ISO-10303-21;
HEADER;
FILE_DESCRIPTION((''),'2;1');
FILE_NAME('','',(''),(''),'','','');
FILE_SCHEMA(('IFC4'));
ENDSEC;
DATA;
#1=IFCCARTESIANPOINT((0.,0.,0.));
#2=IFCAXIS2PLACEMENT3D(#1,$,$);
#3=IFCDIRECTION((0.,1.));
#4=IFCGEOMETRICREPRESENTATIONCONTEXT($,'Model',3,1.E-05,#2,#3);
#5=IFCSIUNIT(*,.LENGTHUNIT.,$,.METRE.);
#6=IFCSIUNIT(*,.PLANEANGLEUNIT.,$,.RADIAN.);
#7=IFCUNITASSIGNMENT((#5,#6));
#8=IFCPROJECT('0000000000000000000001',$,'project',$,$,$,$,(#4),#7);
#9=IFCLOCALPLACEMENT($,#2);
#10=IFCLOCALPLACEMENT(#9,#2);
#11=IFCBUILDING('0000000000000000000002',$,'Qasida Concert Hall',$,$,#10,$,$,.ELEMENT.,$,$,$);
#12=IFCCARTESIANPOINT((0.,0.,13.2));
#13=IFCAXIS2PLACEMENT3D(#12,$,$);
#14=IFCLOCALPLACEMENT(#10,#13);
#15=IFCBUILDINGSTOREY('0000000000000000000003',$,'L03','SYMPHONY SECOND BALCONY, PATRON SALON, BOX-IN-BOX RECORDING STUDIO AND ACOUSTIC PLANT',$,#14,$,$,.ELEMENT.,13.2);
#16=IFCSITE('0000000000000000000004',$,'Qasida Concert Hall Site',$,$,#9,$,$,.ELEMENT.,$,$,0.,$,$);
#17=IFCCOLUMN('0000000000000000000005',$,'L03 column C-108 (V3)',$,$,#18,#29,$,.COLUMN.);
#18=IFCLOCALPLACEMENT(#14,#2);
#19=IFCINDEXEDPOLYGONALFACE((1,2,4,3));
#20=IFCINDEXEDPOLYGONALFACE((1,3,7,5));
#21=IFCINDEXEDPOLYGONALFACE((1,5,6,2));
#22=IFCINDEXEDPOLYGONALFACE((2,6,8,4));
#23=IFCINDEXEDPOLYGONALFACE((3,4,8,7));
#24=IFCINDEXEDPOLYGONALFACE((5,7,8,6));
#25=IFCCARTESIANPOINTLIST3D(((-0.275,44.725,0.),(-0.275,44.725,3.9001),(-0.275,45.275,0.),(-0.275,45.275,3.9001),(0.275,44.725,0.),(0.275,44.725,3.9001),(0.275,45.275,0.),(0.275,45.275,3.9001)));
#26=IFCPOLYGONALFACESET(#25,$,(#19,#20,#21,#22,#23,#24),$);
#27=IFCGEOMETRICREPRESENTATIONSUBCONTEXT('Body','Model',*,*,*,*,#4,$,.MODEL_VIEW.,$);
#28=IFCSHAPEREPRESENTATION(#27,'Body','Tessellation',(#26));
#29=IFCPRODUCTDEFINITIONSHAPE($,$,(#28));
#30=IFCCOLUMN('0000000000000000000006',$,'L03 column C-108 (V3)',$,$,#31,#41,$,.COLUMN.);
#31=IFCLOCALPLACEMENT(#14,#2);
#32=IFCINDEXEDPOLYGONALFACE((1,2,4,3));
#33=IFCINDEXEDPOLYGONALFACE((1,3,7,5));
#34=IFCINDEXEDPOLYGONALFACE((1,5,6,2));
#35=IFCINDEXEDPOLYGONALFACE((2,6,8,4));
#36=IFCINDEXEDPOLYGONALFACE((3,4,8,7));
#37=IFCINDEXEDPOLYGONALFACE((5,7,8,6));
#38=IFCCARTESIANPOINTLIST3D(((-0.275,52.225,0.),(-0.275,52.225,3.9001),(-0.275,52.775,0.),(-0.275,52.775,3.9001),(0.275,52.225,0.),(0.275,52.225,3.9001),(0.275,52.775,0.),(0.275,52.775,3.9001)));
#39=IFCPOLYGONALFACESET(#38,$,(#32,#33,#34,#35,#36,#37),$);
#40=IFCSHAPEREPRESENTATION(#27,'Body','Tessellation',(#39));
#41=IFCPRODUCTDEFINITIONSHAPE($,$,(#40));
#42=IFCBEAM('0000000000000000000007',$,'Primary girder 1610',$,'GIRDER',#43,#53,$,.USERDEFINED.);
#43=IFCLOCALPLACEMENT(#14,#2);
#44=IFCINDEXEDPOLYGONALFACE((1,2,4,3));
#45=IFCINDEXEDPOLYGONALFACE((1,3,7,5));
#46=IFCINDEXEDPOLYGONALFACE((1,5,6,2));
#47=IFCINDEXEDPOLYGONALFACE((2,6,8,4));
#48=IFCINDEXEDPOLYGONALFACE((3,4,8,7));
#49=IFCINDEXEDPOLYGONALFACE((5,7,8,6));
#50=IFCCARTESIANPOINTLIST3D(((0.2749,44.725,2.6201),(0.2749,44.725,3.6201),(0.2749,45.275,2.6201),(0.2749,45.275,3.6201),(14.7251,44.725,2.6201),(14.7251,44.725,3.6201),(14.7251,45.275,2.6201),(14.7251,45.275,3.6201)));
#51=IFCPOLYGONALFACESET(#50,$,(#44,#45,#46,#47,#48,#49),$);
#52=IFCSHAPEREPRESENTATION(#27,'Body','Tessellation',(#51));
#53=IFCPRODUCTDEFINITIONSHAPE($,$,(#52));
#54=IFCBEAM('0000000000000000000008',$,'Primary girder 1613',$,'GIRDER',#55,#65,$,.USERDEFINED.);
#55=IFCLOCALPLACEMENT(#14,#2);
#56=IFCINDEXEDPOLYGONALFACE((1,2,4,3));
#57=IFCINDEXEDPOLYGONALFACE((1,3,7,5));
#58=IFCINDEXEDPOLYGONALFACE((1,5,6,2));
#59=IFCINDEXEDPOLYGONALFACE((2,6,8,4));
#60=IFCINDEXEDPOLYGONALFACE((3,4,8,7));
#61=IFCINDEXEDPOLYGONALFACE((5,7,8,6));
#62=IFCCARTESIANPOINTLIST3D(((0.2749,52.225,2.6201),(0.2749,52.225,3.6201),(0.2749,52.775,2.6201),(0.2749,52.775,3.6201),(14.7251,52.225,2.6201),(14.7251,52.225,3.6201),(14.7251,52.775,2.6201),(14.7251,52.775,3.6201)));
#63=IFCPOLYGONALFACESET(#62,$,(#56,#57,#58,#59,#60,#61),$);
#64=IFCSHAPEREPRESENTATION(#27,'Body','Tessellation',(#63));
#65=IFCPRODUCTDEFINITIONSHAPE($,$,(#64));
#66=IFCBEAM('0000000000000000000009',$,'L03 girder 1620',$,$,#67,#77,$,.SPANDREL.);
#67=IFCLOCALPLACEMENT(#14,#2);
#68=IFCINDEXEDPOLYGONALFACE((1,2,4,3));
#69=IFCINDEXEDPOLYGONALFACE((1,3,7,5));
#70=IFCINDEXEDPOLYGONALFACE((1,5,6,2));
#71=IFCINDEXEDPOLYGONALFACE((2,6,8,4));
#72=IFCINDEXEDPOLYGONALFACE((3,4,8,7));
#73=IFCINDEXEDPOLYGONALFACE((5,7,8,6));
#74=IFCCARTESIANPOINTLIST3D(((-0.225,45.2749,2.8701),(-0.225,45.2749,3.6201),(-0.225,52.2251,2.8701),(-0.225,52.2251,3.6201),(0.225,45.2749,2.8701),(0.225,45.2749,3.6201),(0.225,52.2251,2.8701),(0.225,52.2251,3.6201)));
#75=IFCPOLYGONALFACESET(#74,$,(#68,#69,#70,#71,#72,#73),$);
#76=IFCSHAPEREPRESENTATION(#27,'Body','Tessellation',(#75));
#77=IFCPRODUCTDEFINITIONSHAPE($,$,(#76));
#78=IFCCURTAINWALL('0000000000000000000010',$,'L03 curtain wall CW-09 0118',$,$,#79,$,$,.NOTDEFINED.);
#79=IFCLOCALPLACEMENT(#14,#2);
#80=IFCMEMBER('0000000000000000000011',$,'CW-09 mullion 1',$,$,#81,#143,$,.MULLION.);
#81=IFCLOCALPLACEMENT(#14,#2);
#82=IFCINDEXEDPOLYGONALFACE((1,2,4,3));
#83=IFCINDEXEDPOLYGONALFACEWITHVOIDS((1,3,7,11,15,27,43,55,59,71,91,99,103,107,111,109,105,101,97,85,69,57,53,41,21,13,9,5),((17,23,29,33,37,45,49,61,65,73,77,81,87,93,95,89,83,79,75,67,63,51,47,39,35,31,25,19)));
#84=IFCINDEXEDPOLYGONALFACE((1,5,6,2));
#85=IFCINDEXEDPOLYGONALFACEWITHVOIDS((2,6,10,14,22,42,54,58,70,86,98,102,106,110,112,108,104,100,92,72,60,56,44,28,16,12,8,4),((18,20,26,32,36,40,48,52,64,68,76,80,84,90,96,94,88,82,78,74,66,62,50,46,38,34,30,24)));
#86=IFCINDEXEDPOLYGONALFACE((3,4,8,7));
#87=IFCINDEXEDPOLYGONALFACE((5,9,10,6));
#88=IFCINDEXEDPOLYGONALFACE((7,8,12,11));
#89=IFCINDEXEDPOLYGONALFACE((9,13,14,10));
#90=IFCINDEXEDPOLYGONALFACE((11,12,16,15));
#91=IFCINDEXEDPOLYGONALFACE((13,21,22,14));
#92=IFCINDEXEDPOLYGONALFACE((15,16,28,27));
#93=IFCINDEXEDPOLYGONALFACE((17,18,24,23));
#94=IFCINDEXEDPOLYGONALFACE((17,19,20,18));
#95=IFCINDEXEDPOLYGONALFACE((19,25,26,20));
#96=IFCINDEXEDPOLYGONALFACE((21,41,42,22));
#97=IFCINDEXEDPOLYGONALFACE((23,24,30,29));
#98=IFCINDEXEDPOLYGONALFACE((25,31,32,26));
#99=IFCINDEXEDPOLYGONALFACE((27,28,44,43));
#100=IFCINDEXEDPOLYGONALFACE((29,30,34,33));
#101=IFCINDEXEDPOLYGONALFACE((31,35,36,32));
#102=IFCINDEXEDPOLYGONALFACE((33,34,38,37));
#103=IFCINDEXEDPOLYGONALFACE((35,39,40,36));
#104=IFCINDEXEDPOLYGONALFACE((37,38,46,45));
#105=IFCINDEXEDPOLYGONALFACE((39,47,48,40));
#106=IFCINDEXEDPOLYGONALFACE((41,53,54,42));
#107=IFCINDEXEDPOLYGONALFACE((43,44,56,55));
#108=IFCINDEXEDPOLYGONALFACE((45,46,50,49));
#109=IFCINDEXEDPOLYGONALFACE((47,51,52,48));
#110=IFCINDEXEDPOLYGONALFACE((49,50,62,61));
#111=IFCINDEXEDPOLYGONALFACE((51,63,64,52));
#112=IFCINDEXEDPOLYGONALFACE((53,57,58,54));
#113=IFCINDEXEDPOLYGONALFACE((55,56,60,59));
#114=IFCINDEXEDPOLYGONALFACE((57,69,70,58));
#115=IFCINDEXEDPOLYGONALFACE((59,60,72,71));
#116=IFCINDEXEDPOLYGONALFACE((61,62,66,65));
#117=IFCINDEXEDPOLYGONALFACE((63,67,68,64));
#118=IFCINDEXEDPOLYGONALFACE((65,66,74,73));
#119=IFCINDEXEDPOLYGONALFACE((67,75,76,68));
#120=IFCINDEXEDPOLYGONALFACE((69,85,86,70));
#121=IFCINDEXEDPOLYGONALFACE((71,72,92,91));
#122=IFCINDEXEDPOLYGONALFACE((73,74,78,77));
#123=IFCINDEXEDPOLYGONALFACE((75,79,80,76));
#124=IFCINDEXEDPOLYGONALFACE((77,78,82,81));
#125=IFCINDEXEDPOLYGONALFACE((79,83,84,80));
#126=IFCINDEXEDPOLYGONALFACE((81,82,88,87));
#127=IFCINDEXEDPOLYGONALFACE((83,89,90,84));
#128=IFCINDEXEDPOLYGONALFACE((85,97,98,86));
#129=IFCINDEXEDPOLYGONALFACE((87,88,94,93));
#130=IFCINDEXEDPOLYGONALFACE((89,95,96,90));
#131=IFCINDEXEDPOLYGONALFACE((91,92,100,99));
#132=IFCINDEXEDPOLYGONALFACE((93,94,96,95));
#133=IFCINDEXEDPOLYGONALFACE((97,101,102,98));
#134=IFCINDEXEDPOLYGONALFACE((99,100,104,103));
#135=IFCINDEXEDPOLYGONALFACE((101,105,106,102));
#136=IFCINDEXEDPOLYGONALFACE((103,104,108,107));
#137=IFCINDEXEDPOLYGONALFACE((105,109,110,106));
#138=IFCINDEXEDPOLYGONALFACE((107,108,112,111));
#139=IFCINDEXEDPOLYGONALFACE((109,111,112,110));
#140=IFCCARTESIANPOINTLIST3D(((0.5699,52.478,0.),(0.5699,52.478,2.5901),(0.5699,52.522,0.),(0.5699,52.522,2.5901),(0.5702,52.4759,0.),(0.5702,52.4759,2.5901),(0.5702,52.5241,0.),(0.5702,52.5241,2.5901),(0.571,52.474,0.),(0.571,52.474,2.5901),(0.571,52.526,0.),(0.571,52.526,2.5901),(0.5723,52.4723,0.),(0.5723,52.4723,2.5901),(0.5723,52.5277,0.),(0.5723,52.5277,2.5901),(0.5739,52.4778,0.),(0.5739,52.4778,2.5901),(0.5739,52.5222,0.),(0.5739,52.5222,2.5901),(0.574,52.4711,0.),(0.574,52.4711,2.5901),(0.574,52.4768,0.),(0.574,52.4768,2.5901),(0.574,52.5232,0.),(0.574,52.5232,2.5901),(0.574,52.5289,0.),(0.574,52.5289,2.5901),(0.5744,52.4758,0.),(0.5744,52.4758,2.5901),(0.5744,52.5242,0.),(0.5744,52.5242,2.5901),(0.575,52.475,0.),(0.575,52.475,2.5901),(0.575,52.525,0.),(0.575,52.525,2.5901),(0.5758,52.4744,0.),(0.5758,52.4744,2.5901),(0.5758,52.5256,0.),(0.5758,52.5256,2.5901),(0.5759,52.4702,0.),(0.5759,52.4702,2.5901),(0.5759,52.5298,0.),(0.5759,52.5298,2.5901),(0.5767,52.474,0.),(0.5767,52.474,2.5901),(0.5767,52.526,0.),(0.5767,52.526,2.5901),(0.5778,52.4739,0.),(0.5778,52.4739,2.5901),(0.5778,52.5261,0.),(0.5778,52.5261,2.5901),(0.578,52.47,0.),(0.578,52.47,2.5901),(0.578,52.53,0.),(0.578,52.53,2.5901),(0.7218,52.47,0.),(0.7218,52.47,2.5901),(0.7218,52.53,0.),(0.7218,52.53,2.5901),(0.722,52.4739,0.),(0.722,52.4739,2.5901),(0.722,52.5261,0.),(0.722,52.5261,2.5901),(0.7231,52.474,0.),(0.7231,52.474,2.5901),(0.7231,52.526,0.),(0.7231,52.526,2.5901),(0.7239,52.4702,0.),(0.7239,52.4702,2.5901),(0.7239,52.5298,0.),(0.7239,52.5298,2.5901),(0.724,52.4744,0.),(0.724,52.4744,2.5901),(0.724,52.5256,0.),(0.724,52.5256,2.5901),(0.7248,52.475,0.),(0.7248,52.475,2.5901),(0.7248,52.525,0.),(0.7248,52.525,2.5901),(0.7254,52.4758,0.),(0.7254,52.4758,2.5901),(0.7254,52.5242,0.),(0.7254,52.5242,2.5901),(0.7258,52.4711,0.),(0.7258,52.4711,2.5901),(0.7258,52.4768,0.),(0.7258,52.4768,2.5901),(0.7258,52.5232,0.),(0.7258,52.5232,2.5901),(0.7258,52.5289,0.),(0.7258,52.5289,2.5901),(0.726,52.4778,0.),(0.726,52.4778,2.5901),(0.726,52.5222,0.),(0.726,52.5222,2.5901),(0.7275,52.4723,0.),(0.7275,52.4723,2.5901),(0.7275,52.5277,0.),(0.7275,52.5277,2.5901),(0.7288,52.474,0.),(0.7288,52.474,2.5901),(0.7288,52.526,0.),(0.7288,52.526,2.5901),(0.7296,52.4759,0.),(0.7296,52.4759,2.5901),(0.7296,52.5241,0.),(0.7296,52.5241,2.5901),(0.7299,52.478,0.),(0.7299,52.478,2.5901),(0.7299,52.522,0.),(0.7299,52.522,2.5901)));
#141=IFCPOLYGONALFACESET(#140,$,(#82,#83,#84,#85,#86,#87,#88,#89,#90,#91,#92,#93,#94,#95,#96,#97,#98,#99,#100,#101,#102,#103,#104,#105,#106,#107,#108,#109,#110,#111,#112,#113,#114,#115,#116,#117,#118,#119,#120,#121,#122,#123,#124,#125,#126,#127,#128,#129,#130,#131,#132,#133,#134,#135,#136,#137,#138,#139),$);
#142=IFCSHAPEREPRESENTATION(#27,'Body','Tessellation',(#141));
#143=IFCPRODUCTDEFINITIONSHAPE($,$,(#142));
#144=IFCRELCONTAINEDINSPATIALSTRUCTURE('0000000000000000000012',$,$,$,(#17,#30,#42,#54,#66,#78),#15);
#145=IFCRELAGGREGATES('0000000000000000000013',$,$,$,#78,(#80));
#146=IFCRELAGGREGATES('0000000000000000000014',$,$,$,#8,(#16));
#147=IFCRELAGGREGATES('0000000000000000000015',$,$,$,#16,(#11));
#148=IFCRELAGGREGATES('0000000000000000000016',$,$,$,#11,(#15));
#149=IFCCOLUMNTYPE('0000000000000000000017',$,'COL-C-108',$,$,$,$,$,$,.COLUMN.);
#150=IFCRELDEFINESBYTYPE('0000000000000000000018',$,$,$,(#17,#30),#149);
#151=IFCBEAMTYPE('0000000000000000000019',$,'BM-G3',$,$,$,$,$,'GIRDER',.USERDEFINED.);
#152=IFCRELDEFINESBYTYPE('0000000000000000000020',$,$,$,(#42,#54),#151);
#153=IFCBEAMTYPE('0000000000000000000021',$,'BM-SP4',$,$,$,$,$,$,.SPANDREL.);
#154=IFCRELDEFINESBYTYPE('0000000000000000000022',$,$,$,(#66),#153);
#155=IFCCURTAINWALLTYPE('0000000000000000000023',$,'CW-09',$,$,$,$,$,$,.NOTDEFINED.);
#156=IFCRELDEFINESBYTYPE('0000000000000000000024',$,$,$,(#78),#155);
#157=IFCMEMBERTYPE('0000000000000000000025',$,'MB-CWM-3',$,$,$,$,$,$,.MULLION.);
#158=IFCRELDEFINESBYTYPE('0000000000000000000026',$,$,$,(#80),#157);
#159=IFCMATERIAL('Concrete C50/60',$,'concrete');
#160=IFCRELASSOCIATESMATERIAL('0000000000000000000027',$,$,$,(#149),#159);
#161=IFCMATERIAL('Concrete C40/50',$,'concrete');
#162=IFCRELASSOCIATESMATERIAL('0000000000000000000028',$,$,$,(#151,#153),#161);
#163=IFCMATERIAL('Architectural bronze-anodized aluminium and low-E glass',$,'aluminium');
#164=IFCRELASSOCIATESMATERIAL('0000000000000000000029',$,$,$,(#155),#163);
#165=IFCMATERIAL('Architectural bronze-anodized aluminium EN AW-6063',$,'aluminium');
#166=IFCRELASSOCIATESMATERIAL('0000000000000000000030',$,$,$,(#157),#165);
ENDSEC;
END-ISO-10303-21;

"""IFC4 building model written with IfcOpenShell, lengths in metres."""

from ifc_helpers import new_model, si_unit, direction, frame, origin, origin_2d, place, context, subcontext, project, spatial, rectangle, hollow_rectangle, extrude, material, material_profile, profile_set, type_object, element, aggregate, save


model = new_model("IFC4")

# Units and contexts
model_context = context("Model", 3, precision=1e-05, world=origin(), true_north=direction((0.0, 1.0)))
body_context = subcontext(model_context, "Body", "Model", "MODEL_VIEW")
ifc_project = project(units=[si_unit("LENGTHUNIT", "METRE"), si_unit("PLANEANGLEUNIT", "RADIAN")], contexts=[model_context])

# Site, building, storey
site_placement = place(None, origin())
site = spatial("IfcSite", under=ifc_project, at=site_placement, Name="Qasida Concert Hall Site", CompositionType="ELEMENT", RefElevation=0.0)
building_placement = place(site_placement, origin())
building = spatial("IfcBuilding", under=site, at=building_placement, Name="Qasida Concert Hall", CompositionType="ELEMENT")
storey_placement = place(building_placement, frame((0.0, 0.0, 13.2)))
storey = spatial("IfcBuildingStorey", under=building, at=storey_placement, Name="L03", Description="SYMPHONY SECOND BALCONY, PATRON SALON, BOX-IN-BOX RECORDING STUDIO AND ACOUSTIC PLANT", CompositionType="ELEMENT", Elevation=13.2)

# Columns
ifc_material_1 = material(Name="Concrete C50/60", Category="concrete")
ifc_material_profile_1 = material_profile(ifc_material_1, rectangle(XDim=0.55, YDim=0.55, at=origin_2d()), Name="RC 550x550")
ifc_profile_set_1 = profile_set([ifc_material_profile_1], Name="Concrete C50/60")
column_type = type_object("IfcColumnType", Name="COL-C-108", PredefinedType="COLUMN", material=ifc_profile_set_1)
for number, where, z_axis, x_axis, name in (
    (1, (0.0, 45.0, 0.0), (0.0, 0.0, 1.0), (1.0, 0.0, 0.0), "L03 column C-108 (V3)"),
    (2, (0.0, 52.5, 0.0), (0.0, 0.0, 1.0), (1.0, 0.0, 0.0), "L03 column C-108 (V3)"),
):
    element("IfcColumn", number, at=place(storey_placement, frame(where, z_axis=z_axis, x_axis=x_axis)), inside=storey, type_object=column_type, Name=name, PredefinedType="COLUMN", context=body_context, shape_type="SweptSolid", body=[
        extrude(rectangle(XDim=0.55, YDim=0.55, at=origin_2d()), origin(), (0.0, 0.0, 1.0), 3.9001),
    ])

# Beams
ifc_material_2 = material(Name="Concrete C40/50", Category="concrete")
ifc_material_profile_2 = material_profile(ifc_material_2, rectangle(XDim=0.55, YDim=1.0, at=origin_2d()), Name="RC 550x1000")
ifc_profile_set_2 = profile_set([ifc_material_profile_2], Name="Concrete C40/50")
beam_type_1 = type_object("IfcBeamType", Name="BM-G3", ElementType="GIRDER", PredefinedType="USERDEFINED", material=ifc_profile_set_2)
for number, where, z_axis, x_axis, name in (
    (3, (0.2749, 45.0, 3.1201), (1.0, 0.0, 0.0), (0.0, 1.0, 0.0), "Primary girder 1610"),
    (4, (0.2749, 52.5, 3.1201), (1.0, 0.0, 0.0), (0.0, 1.0, 0.0), "Primary girder 1613"),
):
    element("IfcBeam", number, at=place(storey_placement, frame(where, z_axis=z_axis, x_axis=x_axis)), inside=storey, type_object=beam_type_1, Name=name, ObjectType="GIRDER", PredefinedType="USERDEFINED", context=body_context, shape_type="SweptSolid", body=[
        extrude(rectangle(XDim=0.55, YDim=1.0, at=origin_2d()), origin(), (0.0, 0.0, 1.0), 14.4502),
    ])
ifc_material_profile_3 = material_profile(ifc_material_2, rectangle(XDim=0.45, YDim=0.75, at=origin_2d()), Name="RC 450x750")
ifc_profile_set_3 = profile_set([ifc_material_profile_3], Name="Concrete C40/50")
beam_type_2 = type_object("IfcBeamType", Name="BM-SP4", PredefinedType="SPANDREL", material=ifc_profile_set_3)
beam_placement = place(storey_placement, frame((0.0, 45.2749, 3.2451), z_axis=(0.0, 1.0, 0.0), x_axis=(-1.0, 0.0, 0.0)))
element("IfcBeam", 5, at=beam_placement, inside=storey, type_object=beam_type_2, Name="L03 girder 1620", PredefinedType="SPANDREL", context=body_context, shape_type="SweptSolid", body=[
    extrude(rectangle(XDim=0.45, YDim=0.75, at=origin_2d()), origin(), (0.0, 0.0, 1.0), 6.9502),
])

# Curtain wall, member
ifc_material_3 = material(Name="Architectural bronze-anodized aluminium and low-E glass", Category="aluminium")
curtain_wall_type = type_object("IfcCurtainWallType", Name="CW-09", PredefinedType="NOTDEFINED", material=ifc_material_3)
curtain_wall_1_placement = place(storey_placement, origin())
curtain_wall_1 = element("IfcCurtainWall", 6, at=curtain_wall_1_placement, inside=storey, type_object=curtain_wall_type, Name="L03 curtain wall CW-09 0118", PredefinedType="NOTDEFINED")
ifc_material_4 = material(Name="Architectural bronze-anodized aluminium EN AW-6063", Category="aluminium")
ifc_material_profile_4 = material_profile(ifc_material_4, hollow_rectangle(XDim=0.0601, YDim=0.1599, WallThickness=0.0039, InnerFilletRadius=0.0039, OuterFilletRadius=0.0081, at=origin_2d()), Name="CWM 160x60x4")
ifc_profile_set_4 = profile_set([ifc_material_profile_4], Name="Architectural bronze-anodized aluminium EN AW-6063")
member_type_1 = type_object("IfcMemberType", Name="MB-CWM-3", PredefinedType="MULLION", material=ifc_profile_set_4)
member_1_placement = place(storey_placement, frame((0.6499, 52.5, 0.0), z_axis=(0.0, 0.0, 1.0), x_axis=(0.0, 1.0, 0.0)))
member_1 = element("IfcMember", 7, at=member_1_placement, type_object=member_type_1, Name="CW-09 mullion 1", PredefinedType="MULLION", context=body_context, shape_type="SweptSolid", body=[
    extrude(hollow_rectangle(XDim=0.0601, YDim=0.1599, WallThickness=0.0039, InnerFilletRadius=0.0039, OuterFilletRadius=0.0081, at=origin_2d()), origin(), (0.0, 0.0, 1.0), 2.5901),
])

aggregate(curtain_wall_1, [member_1])

save(model, "model.ifc")
